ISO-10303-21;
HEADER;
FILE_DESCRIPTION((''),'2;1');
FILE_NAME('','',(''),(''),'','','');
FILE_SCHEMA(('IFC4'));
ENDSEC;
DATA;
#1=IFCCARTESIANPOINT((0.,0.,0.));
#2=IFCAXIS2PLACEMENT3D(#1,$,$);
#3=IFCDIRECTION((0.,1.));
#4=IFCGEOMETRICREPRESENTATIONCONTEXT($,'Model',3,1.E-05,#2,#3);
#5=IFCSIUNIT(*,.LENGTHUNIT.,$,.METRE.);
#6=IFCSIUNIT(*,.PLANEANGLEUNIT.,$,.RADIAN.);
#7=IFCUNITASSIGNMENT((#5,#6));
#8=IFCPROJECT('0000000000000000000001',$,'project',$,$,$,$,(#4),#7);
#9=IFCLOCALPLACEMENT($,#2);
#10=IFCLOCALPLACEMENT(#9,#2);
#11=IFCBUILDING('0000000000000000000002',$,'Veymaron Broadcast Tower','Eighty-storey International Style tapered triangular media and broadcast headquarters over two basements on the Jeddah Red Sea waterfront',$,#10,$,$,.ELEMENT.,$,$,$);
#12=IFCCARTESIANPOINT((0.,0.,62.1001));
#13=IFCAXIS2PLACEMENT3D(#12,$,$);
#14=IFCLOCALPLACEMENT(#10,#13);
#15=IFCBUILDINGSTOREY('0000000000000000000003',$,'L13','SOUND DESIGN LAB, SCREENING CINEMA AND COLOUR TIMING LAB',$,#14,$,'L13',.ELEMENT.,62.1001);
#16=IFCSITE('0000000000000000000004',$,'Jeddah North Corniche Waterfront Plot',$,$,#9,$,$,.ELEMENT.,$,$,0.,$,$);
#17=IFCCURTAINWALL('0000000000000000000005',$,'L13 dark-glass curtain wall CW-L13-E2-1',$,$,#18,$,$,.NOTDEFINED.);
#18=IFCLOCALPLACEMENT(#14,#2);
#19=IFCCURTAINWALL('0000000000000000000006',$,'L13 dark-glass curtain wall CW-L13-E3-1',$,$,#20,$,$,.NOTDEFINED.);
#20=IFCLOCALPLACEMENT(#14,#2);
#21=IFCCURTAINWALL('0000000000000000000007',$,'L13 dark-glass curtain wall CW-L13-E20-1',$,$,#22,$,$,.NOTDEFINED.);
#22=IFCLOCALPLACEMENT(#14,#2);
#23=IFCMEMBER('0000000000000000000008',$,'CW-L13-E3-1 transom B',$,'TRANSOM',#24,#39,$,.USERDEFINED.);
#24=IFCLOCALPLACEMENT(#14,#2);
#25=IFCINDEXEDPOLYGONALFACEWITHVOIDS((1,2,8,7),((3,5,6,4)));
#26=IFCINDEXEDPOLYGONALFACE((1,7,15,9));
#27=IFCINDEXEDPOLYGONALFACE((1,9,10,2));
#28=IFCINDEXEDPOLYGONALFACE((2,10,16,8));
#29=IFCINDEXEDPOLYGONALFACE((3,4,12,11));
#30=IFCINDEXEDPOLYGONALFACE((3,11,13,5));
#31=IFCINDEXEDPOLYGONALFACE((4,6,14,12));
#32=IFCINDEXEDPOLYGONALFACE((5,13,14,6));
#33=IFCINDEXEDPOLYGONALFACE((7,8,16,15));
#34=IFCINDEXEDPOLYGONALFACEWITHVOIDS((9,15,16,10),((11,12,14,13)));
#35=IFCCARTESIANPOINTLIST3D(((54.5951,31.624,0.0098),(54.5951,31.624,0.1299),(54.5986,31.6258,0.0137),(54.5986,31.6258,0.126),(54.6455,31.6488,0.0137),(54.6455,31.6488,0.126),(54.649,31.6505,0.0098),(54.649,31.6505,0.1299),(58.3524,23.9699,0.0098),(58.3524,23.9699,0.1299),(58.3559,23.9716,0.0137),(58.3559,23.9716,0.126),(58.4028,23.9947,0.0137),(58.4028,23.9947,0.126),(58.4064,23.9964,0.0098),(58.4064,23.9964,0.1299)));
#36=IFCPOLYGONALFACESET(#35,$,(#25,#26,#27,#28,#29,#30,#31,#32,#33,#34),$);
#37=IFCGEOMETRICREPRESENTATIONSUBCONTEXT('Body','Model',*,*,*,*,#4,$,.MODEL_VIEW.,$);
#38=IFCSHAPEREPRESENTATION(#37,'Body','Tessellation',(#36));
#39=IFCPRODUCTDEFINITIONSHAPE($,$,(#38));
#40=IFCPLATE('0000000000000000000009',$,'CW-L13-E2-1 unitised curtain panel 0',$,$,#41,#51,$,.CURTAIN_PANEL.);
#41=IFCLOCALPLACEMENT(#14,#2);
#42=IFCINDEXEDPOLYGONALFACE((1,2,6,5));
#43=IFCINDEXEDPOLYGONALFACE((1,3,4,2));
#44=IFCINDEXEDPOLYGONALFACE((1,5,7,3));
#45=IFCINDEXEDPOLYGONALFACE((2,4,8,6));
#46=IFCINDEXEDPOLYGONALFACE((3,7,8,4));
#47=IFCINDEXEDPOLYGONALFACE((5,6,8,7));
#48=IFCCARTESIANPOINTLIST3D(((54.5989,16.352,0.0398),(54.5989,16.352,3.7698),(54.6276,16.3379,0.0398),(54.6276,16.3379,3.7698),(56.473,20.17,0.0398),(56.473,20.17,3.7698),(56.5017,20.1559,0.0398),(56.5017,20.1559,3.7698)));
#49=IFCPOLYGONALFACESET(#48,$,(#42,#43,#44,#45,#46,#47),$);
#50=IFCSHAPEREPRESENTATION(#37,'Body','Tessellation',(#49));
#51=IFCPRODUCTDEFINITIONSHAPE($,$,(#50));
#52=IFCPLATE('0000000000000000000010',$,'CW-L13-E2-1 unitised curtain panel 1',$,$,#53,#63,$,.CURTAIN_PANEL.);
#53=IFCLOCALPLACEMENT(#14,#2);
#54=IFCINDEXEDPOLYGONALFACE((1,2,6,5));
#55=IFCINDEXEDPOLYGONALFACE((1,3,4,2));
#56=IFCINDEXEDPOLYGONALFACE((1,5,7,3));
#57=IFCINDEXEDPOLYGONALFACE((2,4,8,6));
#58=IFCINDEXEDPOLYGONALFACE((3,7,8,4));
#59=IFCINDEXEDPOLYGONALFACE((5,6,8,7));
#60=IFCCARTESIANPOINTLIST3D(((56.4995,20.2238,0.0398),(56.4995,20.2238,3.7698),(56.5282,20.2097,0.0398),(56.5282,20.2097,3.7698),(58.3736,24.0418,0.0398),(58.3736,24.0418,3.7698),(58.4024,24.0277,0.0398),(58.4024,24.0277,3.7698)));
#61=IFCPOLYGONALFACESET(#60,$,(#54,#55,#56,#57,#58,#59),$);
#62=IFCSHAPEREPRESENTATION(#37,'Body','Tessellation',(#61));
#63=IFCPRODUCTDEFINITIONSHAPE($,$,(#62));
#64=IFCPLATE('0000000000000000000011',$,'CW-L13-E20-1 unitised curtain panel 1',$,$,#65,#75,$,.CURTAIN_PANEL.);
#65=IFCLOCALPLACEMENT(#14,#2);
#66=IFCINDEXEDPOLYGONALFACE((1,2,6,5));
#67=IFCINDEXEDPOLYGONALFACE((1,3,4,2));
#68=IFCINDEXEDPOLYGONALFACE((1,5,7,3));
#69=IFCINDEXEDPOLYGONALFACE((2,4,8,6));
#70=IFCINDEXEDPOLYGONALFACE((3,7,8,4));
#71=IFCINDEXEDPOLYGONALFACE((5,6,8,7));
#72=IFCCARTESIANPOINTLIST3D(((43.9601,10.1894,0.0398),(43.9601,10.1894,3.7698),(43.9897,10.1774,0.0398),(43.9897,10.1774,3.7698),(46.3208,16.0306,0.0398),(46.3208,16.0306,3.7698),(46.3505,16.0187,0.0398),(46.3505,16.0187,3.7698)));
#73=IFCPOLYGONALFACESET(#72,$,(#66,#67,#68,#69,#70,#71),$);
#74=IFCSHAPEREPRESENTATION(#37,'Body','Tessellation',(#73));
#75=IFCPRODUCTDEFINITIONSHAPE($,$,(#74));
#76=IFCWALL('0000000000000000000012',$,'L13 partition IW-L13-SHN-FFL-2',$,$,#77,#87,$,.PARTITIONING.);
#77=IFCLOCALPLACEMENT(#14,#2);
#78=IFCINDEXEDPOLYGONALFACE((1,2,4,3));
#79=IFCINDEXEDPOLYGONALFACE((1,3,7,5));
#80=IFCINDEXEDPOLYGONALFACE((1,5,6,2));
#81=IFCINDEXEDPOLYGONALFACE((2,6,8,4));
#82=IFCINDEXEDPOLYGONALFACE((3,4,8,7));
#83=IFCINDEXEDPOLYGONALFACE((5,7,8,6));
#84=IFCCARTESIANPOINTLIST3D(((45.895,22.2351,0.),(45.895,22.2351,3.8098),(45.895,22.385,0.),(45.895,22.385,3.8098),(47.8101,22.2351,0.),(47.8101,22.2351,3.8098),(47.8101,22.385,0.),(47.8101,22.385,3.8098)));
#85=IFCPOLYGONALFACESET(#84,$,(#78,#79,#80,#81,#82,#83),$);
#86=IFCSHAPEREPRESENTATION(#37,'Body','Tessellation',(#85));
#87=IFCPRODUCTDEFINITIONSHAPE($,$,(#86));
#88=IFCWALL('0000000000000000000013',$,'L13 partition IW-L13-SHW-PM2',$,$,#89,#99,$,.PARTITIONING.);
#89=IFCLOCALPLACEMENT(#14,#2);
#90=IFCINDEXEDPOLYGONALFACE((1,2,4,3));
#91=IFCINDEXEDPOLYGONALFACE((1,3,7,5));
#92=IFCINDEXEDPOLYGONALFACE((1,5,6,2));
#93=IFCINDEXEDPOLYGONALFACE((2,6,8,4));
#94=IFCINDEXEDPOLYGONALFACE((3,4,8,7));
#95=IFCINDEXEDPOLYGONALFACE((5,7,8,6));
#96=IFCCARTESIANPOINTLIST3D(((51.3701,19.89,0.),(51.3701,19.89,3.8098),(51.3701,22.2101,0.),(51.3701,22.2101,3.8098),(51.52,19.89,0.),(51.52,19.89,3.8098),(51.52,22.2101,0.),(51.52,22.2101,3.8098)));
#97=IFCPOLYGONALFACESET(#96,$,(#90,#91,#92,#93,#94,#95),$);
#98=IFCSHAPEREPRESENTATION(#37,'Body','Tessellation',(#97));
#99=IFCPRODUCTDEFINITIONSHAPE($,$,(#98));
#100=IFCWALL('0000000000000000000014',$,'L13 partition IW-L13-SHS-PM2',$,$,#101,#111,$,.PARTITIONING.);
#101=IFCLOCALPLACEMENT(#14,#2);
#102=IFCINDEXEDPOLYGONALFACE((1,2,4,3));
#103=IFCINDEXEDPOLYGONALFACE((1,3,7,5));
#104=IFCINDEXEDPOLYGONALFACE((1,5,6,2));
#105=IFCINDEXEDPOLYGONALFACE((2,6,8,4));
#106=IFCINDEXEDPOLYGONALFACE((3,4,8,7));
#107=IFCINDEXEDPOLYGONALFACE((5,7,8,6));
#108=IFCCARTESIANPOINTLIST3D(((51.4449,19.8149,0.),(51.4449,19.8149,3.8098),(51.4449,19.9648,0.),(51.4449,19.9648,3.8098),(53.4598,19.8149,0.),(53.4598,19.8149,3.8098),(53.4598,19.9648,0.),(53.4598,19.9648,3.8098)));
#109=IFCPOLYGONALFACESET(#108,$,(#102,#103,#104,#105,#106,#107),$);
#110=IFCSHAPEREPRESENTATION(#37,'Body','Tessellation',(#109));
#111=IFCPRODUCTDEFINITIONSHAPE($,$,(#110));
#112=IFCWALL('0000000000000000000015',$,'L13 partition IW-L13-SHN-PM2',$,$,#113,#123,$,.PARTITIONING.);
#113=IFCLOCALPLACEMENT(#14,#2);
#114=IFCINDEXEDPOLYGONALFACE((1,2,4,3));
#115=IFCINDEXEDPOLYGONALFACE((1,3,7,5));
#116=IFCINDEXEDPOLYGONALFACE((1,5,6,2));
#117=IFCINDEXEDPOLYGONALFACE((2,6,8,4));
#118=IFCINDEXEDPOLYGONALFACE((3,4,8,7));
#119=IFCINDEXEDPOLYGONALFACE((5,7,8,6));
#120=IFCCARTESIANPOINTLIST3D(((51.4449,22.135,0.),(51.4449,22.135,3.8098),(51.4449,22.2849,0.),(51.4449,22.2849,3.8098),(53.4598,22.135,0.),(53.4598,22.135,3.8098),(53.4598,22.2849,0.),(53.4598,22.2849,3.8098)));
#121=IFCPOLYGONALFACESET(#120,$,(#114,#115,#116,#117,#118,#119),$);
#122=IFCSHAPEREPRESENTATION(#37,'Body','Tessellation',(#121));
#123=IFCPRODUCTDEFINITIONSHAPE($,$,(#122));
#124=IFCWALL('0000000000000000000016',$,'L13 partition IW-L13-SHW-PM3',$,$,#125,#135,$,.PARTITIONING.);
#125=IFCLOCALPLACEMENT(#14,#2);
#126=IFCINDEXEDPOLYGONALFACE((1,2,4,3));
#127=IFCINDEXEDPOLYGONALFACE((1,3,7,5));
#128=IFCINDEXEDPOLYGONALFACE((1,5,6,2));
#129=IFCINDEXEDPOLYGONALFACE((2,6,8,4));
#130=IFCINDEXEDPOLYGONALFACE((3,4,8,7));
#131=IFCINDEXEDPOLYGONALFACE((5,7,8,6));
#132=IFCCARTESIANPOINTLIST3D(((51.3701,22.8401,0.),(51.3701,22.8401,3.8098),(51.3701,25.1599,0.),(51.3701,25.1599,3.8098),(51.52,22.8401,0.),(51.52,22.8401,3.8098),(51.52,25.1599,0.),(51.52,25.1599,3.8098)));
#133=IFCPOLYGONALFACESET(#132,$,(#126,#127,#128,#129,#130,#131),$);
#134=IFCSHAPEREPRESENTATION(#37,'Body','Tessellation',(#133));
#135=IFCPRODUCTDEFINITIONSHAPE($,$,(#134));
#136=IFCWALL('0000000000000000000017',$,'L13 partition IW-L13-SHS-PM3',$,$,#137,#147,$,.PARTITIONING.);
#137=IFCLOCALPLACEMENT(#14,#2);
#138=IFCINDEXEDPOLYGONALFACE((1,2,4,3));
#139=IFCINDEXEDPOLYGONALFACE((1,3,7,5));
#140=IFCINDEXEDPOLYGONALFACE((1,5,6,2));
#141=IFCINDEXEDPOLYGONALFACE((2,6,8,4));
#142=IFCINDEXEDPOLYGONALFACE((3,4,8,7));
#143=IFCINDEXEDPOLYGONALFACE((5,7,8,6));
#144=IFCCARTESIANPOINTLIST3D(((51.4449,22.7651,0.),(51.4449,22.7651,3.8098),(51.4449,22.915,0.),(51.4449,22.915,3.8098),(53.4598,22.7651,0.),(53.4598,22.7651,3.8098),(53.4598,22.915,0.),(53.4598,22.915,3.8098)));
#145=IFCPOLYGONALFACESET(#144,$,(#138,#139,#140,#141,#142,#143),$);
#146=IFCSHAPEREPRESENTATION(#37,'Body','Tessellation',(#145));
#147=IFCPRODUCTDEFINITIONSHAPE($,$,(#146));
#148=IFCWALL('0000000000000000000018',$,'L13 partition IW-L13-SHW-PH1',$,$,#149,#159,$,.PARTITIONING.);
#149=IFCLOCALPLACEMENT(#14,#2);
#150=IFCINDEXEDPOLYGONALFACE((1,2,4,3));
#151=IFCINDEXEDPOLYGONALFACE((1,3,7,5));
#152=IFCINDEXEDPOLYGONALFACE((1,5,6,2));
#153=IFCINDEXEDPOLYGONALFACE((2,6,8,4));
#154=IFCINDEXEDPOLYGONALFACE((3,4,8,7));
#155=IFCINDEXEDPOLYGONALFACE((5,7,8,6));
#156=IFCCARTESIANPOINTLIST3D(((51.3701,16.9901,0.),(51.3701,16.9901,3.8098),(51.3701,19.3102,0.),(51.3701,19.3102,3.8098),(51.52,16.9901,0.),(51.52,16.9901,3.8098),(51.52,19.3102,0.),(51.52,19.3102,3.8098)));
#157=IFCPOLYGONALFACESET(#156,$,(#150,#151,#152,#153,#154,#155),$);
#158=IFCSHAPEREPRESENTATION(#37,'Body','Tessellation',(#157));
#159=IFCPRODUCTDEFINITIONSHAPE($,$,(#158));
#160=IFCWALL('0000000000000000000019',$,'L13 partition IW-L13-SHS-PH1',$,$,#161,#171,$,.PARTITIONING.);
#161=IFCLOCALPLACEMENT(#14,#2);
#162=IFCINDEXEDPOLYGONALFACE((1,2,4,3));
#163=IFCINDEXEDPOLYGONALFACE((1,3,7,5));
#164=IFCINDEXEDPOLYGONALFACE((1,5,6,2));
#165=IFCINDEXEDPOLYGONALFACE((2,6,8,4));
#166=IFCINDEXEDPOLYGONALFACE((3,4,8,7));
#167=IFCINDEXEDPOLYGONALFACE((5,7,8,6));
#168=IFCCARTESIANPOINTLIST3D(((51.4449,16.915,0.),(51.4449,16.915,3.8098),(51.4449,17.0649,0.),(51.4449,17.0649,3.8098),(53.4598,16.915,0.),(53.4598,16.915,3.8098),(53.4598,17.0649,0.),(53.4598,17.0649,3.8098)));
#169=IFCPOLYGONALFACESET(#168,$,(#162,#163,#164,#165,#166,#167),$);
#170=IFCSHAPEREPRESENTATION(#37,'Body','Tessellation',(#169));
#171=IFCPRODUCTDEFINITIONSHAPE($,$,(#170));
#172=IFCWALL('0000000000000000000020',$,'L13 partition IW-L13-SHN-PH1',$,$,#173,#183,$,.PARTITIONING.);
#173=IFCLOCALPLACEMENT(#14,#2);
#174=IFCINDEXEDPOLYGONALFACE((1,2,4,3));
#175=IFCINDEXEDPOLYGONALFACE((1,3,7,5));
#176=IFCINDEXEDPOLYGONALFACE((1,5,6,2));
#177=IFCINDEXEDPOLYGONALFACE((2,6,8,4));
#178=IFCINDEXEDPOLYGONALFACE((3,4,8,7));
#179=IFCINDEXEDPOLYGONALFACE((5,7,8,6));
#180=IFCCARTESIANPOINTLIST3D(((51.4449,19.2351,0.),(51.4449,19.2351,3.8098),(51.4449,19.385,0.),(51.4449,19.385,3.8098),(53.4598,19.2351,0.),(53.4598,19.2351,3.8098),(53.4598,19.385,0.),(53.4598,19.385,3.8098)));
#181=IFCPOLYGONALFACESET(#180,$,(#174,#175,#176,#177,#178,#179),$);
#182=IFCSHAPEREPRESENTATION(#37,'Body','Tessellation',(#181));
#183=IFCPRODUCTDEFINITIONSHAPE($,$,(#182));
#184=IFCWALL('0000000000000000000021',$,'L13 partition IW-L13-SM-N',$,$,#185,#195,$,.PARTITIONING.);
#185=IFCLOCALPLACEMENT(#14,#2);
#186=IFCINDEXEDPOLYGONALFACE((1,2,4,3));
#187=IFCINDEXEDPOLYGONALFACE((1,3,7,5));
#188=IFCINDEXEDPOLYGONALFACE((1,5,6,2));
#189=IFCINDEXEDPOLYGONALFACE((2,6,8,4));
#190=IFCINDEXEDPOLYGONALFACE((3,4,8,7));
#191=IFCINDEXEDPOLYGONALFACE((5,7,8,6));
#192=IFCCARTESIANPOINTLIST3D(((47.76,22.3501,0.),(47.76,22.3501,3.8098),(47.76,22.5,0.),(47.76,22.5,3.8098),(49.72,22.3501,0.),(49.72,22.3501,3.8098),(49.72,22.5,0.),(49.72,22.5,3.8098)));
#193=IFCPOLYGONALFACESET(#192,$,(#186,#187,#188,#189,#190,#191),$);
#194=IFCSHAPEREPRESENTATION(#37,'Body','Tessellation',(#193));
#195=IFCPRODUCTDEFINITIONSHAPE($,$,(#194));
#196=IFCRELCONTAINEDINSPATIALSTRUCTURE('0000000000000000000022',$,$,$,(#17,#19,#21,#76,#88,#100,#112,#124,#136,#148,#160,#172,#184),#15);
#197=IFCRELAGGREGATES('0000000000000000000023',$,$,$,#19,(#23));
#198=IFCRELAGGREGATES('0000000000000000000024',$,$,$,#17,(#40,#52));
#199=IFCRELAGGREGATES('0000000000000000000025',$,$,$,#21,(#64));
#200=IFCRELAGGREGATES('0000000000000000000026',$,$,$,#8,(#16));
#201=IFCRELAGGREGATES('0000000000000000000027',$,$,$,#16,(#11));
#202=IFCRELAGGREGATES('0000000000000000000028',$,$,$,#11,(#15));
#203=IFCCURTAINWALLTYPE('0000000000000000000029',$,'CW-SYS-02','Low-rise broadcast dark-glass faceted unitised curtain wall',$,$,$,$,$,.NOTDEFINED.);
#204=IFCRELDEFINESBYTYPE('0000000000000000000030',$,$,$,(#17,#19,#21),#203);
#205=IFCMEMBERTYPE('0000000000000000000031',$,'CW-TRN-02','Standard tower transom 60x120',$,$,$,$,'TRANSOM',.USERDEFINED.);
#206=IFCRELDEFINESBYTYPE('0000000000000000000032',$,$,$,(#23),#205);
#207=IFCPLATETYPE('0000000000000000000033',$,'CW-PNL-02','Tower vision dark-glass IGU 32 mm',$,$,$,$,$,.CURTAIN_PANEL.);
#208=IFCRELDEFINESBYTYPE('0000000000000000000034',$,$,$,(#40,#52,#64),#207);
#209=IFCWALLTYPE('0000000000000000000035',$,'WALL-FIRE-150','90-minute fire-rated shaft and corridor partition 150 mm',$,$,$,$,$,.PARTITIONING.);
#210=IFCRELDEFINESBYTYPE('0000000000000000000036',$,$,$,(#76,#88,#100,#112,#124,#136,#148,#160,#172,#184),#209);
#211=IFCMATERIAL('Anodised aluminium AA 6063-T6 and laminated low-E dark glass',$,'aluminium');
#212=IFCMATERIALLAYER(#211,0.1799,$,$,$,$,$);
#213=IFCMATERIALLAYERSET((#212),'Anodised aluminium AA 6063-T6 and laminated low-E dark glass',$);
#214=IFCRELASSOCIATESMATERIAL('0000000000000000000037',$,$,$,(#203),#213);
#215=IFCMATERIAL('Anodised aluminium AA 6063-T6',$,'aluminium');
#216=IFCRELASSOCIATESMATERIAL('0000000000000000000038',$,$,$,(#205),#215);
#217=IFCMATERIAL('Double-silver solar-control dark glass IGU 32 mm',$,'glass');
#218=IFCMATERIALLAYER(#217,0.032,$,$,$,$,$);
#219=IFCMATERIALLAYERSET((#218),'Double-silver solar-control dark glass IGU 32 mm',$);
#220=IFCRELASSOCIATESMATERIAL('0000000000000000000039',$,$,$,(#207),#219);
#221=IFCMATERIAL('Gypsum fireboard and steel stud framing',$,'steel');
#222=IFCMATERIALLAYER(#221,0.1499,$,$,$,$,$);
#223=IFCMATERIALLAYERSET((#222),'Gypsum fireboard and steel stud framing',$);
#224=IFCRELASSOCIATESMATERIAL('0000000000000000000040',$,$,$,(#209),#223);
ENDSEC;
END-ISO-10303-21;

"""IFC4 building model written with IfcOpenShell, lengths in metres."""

from ifc_helpers import new_model, si_unit, direction, frame, frame_2d, origin, origin_2d, place, context, subcontext, project, spatial, rectangle, hollow_rectangle, extrude, material, layer, layer_set, material_profile, profile_set, type_object, element, aggregate, save


model = new_model("IFC4")

# Units and contexts
model_context = context("Model", 3, precision=1e-05, world=origin(), true_north=direction((0.0, 1.0)))
body_context = subcontext(model_context, "Body", "Model", "MODEL_VIEW")
ifc_project = project(units=[si_unit("LENGTHUNIT", "METRE"), si_unit("PLANEANGLEUNIT", "RADIAN")], contexts=[model_context])

# Site, building, storey
site_placement = place(None, origin())
site = spatial("IfcSite", under=ifc_project, at=site_placement, Name="Jeddah North Corniche Waterfront Plot", CompositionType="ELEMENT", RefElevation=0.0)
building_placement = place(site_placement, origin())
building = spatial("IfcBuilding", under=site, at=building_placement, Name="Veymaron Broadcast Tower", Description="Eighty-storey International Style tapered triangular media and broadcast headquarters over two basements on the Jeddah Red Sea waterfront", CompositionType="ELEMENT")
storey_placement = place(building_placement, frame((0.0, 0.0, 62.1001)))
storey = spatial("IfcBuildingStorey", under=building, at=storey_placement, Name="L13", Description="SOUND DESIGN LAB, SCREENING CINEMA AND COLOUR TIMING LAB", LongName="L13", CompositionType="ELEMENT", Elevation=62.1001)

# Curtain wall
ifc_material_1 = material(Name="Anodised aluminium AA 6063-T6 and laminated low-E dark glass", Category="aluminium")
ifc_layer_1 = layer(ifc_material_1, 0.1799)
ifc_layer_set_1 = layer_set([ifc_layer_1], Name="Anodised aluminium AA 6063-T6 and laminated low-E dark glass")
curtain_wall_type = type_object("IfcCurtainWallType", Name="CW-SYS-02", Description="Low-rise broadcast dark-glass faceted unitised curtain wall", PredefinedType="NOTDEFINED", material=ifc_layer_set_1)
curtain_wall_1_placement = place(storey_placement, origin())
curtain_wall_1 = element("IfcCurtainWall", 1, at=curtain_wall_1_placement, inside=storey, type_object=curtain_wall_type, Name="L13 dark-glass curtain wall CW-L13-E2-1", PredefinedType="NOTDEFINED")
ifc_material_2 = material(Name="Anodised aluminium AA 6063-T6", Category="aluminium")

# Curtain walls
curtain_wall_2_placement = place(storey_placement, origin())
curtain_wall_2 = element("IfcCurtainWall", 2, at=curtain_wall_2_placement, inside=storey, type_object=curtain_wall_type, Name="L13 dark-glass curtain wall CW-L13-E3-1", PredefinedType="NOTDEFINED")
curtain_wall_3_placement = place(storey_placement, origin())
curtain_wall_3 = element("IfcCurtainWall", 3, at=curtain_wall_3_placement, inside=storey, type_object=curtain_wall_type, Name="L13 dark-glass curtain wall CW-L13-E20-1", PredefinedType="NOTDEFINED")

# Member
ifc_material_profile_1 = material_profile(ifc_material_2, hollow_rectangle(XDim=0.0601, YDim=0.1201, WallThickness=0.0039, at=origin_2d()), Name="AL120X60X4")
ifc_profile_set_1 = profile_set([ifc_material_profile_1], Name="Anodised aluminium AA 6063-T6")
member_type_1 = type_object("IfcMemberType", Name="CW-TRN-02", Description="Standard tower transom 60x120", ElementType="TRANSOM", PredefinedType="USERDEFINED", material=ifc_profile_set_1)
member_1_placement = place(storey_placement, frame((58.3794, 23.9832, 0.0698), z_axis=(-0.440662, 0.897673, 0.0), x_axis=(-0.897673, -0.440662, 0.0)))
member_1 = element("IfcMember", 4, at=member_1_placement, type_object=member_type_1, Name="CW-L13-E3-1 transom B", ObjectType="TRANSOM", PredefinedType="USERDEFINED", context=body_context, shape_type="SweptSolid", body=[
    extrude(hollow_rectangle(XDim=0.0601, YDim=0.1201, WallThickness=0.0039, at=origin_2d()), origin(), (0.0, 0.0, 1.0), 8.5266),
])
aggregate(curtain_wall_2, [member_1])

# Plates
ifc_material_3 = material(Name="Double-silver solar-control dark glass IGU 32 mm", Category="glass")
ifc_layer_2 = layer(ifc_material_3, 0.032)
ifc_layer_set_2 = layer_set([ifc_layer_2], Name="Double-silver solar-control dark glass IGU 32 mm")
plate_type = type_object("IfcPlateType", Name="CW-PNL-02", Description="Tower vision dark-glass IGU 32 mm", PredefinedType="CURTAIN_PANEL", material=ifc_layer_set_2)
plate_1_placement = place(storey_placement, frame((55.5503, 18.2539, 0.0398), z_axis=(0.0, 0.0, 1.0), x_axis=(0.440644, 0.897682, 0.0)))
plate_1 = element("IfcPlate", 5, at=plate_1_placement, type_object=plate_type, Name="CW-L13-E2-1 unitised curtain panel 0", PredefinedType="CURTAIN_PANEL", context=body_context, shape_type="SweptSolid", body=[
    extrude(rectangle(XDim=4.2532, YDim=0.032, at=origin_2d()), origin(), (0.0, 0.0, 1.0), 3.73),
])
plate_2_placement = place(storey_placement, frame((57.4509, 22.1257, 0.0398), z_axis=(0.0, 0.0, 1.0), x_axis=(0.440644, 0.897682, 0.0)))
plate_2 = element("IfcPlate", 6, at=plate_2_placement, type_object=plate_type, Name="CW-L13-E2-1 unitised curtain panel 1", PredefinedType="CURTAIN_PANEL", context=body_context, shape_type="SweptSolid", body=[
    extrude(rectangle(XDim=4.2532, YDim=0.032, at=origin_2d()), origin(), (0.0, 0.0, 1.0), 3.73),
])
aggregate(curtain_wall_1, [plate_1, plate_2])
plate_3_placement = place(storey_placement, frame((45.1553, 13.104, 0.0398), z_axis=(0.0, 0.0, 1.0), x_axis=(0.374704, 0.927145, 0.0)))
plate_3 = element("IfcPlate", 7, at=plate_3_placement, type_object=plate_type, Name="CW-L13-E20-1 unitised curtain panel 1", PredefinedType="CURTAIN_PANEL", context=body_context, shape_type="SweptSolid", body=[
    extrude(rectangle(XDim=6.3003, YDim=0.032, at=origin_2d()), origin(), (0.0, 0.0, 1.0), 3.73),
])
aggregate(curtain_wall_3, [plate_3])

# Shared definitions
ifc_material_4 = material(Name="Gypsum fireboard and steel stud framing", Category="steel")
ifc_layer_3 = layer(ifc_material_4, 0.1499)
ifc_layer_set_3 = layer_set([ifc_layer_3], Name="Gypsum fireboard and steel stud framing")
wall_type_1 = type_object("IfcWallType", Name="WALL-FIRE-150", Description="90-minute fire-rated shaft and corridor partition 150 mm", PredefinedType="PARTITIONING", material=ifc_layer_set_3)

# Walls
wall_1_placement = place(storey_placement, frame((45.895, 22.3101, 0.0), z_axis=(0.0, 0.0, 1.0), x_axis=(1.0, 0.0, 0.0)))
element("IfcWall", 8, at=wall_1_placement, inside=storey, type_object=wall_type_1, Name="L13 partition IW-L13-SHN-FFL-2", PredefinedType="PARTITIONING", context=body_context, shape_type="SweptSolid", body=[
    extrude(rectangle(XDim=1.915, YDim=0.1499, at=frame_2d((0.9575, 0.0))), origin(), (0.0, 0.0, 1.0), 3.8098),
])
wall_2_placement = place(storey_placement, frame((51.4451, 19.8899, 0.0), z_axis=(0.0, 0.0, 1.0), x_axis=(0.0, 1.0, 0.0)))
element("IfcWall", 9, at=wall_2_placement, inside=storey, type_object=wall_type_1, Name="L13 partition IW-L13-SHW-PM2", PredefinedType="PARTITIONING", context=body_context, shape_type="SweptSolid", body=[
    extrude(rectangle(XDim=2.3201, YDim=0.1499, at=frame_2d((1.1602, 0.0))), origin(), (0.0, 0.0, 1.0), 3.8098),
])
for number, where, z_axis, x_axis, name in (
    (10, (51.4451, 19.8899, 0.0), (0.0, 0.0, 1.0), (1.0, 0.0, 0.0), "L13 partition IW-L13-SHS-PM2"),
    (11, (51.4451, 22.21, 0.0), (0.0, 0.0, 1.0), (1.0, 0.0, 0.0), "L13 partition IW-L13-SHN-PM2"),
):
    element("IfcWall", number, at=place(storey_placement, frame(where, z_axis=z_axis, x_axis=x_axis)), inside=storey, type_object=wall_type_1, Name=name, PredefinedType="PARTITIONING", context=body_context, shape_type="SweptSolid", body=[
        extrude(rectangle(XDim=2.0149, YDim=0.1499, at=frame_2d((1.0073, 0.0))), origin(), (0.0, 0.0, 1.0), 3.8098),
    ])
wall_3_placement = place(storey_placement, frame((51.4451, 22.8401, 0.0), z_axis=(0.0, 0.0, 1.0), x_axis=(0.0, 1.0, 0.0)))
element("IfcWall", 12, at=wall_3_placement, inside=storey, type_object=wall_type_1, Name="L13 partition IW-L13-SHW-PM3", PredefinedType="PARTITIONING", context=body_context, shape_type="SweptSolid", body=[
    extrude(rectangle(XDim=2.3198, YDim=0.1499, at=frame_2d((1.1599, 0.0))), origin(), (0.0, 0.0, 1.0), 3.8098),
])
wall_4_placement = place(storey_placement, frame((51.4451, 22.8401, 0.0), z_axis=(0.0, 0.0, 1.0), x_axis=(1.0, 0.0, 0.0)))
element("IfcWall", 13, at=wall_4_placement, inside=storey, type_object=wall_type_1, Name="L13 partition IW-L13-SHS-PM3", PredefinedType="PARTITIONING", context=body_context, shape_type="SweptSolid", body=[
    extrude(rectangle(XDim=2.0149, YDim=0.1499, at=frame_2d((1.0073, 0.0))), origin(), (0.0, 0.0, 1.0), 3.8098),
])
wall_5_placement = place(storey_placement, frame((51.4451, 16.99, 0.0), z_axis=(0.0, 0.0, 1.0), x_axis=(0.0, 1.0, 0.0)))
element("IfcWall", 14, at=wall_5_placement, inside=storey, type_object=wall_type_1, Name="L13 partition IW-L13-SHW-PH1", PredefinedType="PARTITIONING", context=body_context, shape_type="SweptSolid", body=[
    extrude(rectangle(XDim=2.3201, YDim=0.1499, at=frame_2d((1.1602, 0.0))), origin(), (0.0, 0.0, 1.0), 3.8098),
])
for number, where, z_axis, x_axis, name in (
    (15, (51.4451, 16.99, 0.0), (0.0, 0.0, 1.0), (1.0, 0.0, 0.0), "L13 partition IW-L13-SHS-PH1"),
    (16, (51.4451, 19.3101, 0.0), (0.0, 0.0, 1.0), (1.0, 0.0, 0.0), "L13 partition IW-L13-SHN-PH1"),
):
    element("IfcWall", number, at=place(storey_placement, frame(where, z_axis=z_axis, x_axis=x_axis)), inside=storey, type_object=wall_type_1, Name=name, PredefinedType="PARTITIONING", context=body_context, shape_type="SweptSolid", body=[
        extrude(rectangle(XDim=2.0149, YDim=0.1499, at=frame_2d((1.0073, 0.0))), origin(), (0.0, 0.0, 1.0), 3.8098),
    ])

# Wall
wall_6_placement = place(storey_placement, frame((47.76, 22.425, 0.0), z_axis=(0.0, 0.0, 1.0), x_axis=(1.0, 0.0, 0.0)))
element("IfcWall", 17, at=wall_6_placement, inside=storey, type_object=wall_type_1, Name="L13 partition IW-L13-SM-N", PredefinedType="PARTITIONING", context=body_context, shape_type="SweptSolid", body=[
    extrude(rectangle(XDim=1.96, YDim=0.1499, at=frame_2d((0.98, 0.0))), origin(), (0.0, 0.0, 1.0), 3.8098),
])

save(model, "model.ifc")
